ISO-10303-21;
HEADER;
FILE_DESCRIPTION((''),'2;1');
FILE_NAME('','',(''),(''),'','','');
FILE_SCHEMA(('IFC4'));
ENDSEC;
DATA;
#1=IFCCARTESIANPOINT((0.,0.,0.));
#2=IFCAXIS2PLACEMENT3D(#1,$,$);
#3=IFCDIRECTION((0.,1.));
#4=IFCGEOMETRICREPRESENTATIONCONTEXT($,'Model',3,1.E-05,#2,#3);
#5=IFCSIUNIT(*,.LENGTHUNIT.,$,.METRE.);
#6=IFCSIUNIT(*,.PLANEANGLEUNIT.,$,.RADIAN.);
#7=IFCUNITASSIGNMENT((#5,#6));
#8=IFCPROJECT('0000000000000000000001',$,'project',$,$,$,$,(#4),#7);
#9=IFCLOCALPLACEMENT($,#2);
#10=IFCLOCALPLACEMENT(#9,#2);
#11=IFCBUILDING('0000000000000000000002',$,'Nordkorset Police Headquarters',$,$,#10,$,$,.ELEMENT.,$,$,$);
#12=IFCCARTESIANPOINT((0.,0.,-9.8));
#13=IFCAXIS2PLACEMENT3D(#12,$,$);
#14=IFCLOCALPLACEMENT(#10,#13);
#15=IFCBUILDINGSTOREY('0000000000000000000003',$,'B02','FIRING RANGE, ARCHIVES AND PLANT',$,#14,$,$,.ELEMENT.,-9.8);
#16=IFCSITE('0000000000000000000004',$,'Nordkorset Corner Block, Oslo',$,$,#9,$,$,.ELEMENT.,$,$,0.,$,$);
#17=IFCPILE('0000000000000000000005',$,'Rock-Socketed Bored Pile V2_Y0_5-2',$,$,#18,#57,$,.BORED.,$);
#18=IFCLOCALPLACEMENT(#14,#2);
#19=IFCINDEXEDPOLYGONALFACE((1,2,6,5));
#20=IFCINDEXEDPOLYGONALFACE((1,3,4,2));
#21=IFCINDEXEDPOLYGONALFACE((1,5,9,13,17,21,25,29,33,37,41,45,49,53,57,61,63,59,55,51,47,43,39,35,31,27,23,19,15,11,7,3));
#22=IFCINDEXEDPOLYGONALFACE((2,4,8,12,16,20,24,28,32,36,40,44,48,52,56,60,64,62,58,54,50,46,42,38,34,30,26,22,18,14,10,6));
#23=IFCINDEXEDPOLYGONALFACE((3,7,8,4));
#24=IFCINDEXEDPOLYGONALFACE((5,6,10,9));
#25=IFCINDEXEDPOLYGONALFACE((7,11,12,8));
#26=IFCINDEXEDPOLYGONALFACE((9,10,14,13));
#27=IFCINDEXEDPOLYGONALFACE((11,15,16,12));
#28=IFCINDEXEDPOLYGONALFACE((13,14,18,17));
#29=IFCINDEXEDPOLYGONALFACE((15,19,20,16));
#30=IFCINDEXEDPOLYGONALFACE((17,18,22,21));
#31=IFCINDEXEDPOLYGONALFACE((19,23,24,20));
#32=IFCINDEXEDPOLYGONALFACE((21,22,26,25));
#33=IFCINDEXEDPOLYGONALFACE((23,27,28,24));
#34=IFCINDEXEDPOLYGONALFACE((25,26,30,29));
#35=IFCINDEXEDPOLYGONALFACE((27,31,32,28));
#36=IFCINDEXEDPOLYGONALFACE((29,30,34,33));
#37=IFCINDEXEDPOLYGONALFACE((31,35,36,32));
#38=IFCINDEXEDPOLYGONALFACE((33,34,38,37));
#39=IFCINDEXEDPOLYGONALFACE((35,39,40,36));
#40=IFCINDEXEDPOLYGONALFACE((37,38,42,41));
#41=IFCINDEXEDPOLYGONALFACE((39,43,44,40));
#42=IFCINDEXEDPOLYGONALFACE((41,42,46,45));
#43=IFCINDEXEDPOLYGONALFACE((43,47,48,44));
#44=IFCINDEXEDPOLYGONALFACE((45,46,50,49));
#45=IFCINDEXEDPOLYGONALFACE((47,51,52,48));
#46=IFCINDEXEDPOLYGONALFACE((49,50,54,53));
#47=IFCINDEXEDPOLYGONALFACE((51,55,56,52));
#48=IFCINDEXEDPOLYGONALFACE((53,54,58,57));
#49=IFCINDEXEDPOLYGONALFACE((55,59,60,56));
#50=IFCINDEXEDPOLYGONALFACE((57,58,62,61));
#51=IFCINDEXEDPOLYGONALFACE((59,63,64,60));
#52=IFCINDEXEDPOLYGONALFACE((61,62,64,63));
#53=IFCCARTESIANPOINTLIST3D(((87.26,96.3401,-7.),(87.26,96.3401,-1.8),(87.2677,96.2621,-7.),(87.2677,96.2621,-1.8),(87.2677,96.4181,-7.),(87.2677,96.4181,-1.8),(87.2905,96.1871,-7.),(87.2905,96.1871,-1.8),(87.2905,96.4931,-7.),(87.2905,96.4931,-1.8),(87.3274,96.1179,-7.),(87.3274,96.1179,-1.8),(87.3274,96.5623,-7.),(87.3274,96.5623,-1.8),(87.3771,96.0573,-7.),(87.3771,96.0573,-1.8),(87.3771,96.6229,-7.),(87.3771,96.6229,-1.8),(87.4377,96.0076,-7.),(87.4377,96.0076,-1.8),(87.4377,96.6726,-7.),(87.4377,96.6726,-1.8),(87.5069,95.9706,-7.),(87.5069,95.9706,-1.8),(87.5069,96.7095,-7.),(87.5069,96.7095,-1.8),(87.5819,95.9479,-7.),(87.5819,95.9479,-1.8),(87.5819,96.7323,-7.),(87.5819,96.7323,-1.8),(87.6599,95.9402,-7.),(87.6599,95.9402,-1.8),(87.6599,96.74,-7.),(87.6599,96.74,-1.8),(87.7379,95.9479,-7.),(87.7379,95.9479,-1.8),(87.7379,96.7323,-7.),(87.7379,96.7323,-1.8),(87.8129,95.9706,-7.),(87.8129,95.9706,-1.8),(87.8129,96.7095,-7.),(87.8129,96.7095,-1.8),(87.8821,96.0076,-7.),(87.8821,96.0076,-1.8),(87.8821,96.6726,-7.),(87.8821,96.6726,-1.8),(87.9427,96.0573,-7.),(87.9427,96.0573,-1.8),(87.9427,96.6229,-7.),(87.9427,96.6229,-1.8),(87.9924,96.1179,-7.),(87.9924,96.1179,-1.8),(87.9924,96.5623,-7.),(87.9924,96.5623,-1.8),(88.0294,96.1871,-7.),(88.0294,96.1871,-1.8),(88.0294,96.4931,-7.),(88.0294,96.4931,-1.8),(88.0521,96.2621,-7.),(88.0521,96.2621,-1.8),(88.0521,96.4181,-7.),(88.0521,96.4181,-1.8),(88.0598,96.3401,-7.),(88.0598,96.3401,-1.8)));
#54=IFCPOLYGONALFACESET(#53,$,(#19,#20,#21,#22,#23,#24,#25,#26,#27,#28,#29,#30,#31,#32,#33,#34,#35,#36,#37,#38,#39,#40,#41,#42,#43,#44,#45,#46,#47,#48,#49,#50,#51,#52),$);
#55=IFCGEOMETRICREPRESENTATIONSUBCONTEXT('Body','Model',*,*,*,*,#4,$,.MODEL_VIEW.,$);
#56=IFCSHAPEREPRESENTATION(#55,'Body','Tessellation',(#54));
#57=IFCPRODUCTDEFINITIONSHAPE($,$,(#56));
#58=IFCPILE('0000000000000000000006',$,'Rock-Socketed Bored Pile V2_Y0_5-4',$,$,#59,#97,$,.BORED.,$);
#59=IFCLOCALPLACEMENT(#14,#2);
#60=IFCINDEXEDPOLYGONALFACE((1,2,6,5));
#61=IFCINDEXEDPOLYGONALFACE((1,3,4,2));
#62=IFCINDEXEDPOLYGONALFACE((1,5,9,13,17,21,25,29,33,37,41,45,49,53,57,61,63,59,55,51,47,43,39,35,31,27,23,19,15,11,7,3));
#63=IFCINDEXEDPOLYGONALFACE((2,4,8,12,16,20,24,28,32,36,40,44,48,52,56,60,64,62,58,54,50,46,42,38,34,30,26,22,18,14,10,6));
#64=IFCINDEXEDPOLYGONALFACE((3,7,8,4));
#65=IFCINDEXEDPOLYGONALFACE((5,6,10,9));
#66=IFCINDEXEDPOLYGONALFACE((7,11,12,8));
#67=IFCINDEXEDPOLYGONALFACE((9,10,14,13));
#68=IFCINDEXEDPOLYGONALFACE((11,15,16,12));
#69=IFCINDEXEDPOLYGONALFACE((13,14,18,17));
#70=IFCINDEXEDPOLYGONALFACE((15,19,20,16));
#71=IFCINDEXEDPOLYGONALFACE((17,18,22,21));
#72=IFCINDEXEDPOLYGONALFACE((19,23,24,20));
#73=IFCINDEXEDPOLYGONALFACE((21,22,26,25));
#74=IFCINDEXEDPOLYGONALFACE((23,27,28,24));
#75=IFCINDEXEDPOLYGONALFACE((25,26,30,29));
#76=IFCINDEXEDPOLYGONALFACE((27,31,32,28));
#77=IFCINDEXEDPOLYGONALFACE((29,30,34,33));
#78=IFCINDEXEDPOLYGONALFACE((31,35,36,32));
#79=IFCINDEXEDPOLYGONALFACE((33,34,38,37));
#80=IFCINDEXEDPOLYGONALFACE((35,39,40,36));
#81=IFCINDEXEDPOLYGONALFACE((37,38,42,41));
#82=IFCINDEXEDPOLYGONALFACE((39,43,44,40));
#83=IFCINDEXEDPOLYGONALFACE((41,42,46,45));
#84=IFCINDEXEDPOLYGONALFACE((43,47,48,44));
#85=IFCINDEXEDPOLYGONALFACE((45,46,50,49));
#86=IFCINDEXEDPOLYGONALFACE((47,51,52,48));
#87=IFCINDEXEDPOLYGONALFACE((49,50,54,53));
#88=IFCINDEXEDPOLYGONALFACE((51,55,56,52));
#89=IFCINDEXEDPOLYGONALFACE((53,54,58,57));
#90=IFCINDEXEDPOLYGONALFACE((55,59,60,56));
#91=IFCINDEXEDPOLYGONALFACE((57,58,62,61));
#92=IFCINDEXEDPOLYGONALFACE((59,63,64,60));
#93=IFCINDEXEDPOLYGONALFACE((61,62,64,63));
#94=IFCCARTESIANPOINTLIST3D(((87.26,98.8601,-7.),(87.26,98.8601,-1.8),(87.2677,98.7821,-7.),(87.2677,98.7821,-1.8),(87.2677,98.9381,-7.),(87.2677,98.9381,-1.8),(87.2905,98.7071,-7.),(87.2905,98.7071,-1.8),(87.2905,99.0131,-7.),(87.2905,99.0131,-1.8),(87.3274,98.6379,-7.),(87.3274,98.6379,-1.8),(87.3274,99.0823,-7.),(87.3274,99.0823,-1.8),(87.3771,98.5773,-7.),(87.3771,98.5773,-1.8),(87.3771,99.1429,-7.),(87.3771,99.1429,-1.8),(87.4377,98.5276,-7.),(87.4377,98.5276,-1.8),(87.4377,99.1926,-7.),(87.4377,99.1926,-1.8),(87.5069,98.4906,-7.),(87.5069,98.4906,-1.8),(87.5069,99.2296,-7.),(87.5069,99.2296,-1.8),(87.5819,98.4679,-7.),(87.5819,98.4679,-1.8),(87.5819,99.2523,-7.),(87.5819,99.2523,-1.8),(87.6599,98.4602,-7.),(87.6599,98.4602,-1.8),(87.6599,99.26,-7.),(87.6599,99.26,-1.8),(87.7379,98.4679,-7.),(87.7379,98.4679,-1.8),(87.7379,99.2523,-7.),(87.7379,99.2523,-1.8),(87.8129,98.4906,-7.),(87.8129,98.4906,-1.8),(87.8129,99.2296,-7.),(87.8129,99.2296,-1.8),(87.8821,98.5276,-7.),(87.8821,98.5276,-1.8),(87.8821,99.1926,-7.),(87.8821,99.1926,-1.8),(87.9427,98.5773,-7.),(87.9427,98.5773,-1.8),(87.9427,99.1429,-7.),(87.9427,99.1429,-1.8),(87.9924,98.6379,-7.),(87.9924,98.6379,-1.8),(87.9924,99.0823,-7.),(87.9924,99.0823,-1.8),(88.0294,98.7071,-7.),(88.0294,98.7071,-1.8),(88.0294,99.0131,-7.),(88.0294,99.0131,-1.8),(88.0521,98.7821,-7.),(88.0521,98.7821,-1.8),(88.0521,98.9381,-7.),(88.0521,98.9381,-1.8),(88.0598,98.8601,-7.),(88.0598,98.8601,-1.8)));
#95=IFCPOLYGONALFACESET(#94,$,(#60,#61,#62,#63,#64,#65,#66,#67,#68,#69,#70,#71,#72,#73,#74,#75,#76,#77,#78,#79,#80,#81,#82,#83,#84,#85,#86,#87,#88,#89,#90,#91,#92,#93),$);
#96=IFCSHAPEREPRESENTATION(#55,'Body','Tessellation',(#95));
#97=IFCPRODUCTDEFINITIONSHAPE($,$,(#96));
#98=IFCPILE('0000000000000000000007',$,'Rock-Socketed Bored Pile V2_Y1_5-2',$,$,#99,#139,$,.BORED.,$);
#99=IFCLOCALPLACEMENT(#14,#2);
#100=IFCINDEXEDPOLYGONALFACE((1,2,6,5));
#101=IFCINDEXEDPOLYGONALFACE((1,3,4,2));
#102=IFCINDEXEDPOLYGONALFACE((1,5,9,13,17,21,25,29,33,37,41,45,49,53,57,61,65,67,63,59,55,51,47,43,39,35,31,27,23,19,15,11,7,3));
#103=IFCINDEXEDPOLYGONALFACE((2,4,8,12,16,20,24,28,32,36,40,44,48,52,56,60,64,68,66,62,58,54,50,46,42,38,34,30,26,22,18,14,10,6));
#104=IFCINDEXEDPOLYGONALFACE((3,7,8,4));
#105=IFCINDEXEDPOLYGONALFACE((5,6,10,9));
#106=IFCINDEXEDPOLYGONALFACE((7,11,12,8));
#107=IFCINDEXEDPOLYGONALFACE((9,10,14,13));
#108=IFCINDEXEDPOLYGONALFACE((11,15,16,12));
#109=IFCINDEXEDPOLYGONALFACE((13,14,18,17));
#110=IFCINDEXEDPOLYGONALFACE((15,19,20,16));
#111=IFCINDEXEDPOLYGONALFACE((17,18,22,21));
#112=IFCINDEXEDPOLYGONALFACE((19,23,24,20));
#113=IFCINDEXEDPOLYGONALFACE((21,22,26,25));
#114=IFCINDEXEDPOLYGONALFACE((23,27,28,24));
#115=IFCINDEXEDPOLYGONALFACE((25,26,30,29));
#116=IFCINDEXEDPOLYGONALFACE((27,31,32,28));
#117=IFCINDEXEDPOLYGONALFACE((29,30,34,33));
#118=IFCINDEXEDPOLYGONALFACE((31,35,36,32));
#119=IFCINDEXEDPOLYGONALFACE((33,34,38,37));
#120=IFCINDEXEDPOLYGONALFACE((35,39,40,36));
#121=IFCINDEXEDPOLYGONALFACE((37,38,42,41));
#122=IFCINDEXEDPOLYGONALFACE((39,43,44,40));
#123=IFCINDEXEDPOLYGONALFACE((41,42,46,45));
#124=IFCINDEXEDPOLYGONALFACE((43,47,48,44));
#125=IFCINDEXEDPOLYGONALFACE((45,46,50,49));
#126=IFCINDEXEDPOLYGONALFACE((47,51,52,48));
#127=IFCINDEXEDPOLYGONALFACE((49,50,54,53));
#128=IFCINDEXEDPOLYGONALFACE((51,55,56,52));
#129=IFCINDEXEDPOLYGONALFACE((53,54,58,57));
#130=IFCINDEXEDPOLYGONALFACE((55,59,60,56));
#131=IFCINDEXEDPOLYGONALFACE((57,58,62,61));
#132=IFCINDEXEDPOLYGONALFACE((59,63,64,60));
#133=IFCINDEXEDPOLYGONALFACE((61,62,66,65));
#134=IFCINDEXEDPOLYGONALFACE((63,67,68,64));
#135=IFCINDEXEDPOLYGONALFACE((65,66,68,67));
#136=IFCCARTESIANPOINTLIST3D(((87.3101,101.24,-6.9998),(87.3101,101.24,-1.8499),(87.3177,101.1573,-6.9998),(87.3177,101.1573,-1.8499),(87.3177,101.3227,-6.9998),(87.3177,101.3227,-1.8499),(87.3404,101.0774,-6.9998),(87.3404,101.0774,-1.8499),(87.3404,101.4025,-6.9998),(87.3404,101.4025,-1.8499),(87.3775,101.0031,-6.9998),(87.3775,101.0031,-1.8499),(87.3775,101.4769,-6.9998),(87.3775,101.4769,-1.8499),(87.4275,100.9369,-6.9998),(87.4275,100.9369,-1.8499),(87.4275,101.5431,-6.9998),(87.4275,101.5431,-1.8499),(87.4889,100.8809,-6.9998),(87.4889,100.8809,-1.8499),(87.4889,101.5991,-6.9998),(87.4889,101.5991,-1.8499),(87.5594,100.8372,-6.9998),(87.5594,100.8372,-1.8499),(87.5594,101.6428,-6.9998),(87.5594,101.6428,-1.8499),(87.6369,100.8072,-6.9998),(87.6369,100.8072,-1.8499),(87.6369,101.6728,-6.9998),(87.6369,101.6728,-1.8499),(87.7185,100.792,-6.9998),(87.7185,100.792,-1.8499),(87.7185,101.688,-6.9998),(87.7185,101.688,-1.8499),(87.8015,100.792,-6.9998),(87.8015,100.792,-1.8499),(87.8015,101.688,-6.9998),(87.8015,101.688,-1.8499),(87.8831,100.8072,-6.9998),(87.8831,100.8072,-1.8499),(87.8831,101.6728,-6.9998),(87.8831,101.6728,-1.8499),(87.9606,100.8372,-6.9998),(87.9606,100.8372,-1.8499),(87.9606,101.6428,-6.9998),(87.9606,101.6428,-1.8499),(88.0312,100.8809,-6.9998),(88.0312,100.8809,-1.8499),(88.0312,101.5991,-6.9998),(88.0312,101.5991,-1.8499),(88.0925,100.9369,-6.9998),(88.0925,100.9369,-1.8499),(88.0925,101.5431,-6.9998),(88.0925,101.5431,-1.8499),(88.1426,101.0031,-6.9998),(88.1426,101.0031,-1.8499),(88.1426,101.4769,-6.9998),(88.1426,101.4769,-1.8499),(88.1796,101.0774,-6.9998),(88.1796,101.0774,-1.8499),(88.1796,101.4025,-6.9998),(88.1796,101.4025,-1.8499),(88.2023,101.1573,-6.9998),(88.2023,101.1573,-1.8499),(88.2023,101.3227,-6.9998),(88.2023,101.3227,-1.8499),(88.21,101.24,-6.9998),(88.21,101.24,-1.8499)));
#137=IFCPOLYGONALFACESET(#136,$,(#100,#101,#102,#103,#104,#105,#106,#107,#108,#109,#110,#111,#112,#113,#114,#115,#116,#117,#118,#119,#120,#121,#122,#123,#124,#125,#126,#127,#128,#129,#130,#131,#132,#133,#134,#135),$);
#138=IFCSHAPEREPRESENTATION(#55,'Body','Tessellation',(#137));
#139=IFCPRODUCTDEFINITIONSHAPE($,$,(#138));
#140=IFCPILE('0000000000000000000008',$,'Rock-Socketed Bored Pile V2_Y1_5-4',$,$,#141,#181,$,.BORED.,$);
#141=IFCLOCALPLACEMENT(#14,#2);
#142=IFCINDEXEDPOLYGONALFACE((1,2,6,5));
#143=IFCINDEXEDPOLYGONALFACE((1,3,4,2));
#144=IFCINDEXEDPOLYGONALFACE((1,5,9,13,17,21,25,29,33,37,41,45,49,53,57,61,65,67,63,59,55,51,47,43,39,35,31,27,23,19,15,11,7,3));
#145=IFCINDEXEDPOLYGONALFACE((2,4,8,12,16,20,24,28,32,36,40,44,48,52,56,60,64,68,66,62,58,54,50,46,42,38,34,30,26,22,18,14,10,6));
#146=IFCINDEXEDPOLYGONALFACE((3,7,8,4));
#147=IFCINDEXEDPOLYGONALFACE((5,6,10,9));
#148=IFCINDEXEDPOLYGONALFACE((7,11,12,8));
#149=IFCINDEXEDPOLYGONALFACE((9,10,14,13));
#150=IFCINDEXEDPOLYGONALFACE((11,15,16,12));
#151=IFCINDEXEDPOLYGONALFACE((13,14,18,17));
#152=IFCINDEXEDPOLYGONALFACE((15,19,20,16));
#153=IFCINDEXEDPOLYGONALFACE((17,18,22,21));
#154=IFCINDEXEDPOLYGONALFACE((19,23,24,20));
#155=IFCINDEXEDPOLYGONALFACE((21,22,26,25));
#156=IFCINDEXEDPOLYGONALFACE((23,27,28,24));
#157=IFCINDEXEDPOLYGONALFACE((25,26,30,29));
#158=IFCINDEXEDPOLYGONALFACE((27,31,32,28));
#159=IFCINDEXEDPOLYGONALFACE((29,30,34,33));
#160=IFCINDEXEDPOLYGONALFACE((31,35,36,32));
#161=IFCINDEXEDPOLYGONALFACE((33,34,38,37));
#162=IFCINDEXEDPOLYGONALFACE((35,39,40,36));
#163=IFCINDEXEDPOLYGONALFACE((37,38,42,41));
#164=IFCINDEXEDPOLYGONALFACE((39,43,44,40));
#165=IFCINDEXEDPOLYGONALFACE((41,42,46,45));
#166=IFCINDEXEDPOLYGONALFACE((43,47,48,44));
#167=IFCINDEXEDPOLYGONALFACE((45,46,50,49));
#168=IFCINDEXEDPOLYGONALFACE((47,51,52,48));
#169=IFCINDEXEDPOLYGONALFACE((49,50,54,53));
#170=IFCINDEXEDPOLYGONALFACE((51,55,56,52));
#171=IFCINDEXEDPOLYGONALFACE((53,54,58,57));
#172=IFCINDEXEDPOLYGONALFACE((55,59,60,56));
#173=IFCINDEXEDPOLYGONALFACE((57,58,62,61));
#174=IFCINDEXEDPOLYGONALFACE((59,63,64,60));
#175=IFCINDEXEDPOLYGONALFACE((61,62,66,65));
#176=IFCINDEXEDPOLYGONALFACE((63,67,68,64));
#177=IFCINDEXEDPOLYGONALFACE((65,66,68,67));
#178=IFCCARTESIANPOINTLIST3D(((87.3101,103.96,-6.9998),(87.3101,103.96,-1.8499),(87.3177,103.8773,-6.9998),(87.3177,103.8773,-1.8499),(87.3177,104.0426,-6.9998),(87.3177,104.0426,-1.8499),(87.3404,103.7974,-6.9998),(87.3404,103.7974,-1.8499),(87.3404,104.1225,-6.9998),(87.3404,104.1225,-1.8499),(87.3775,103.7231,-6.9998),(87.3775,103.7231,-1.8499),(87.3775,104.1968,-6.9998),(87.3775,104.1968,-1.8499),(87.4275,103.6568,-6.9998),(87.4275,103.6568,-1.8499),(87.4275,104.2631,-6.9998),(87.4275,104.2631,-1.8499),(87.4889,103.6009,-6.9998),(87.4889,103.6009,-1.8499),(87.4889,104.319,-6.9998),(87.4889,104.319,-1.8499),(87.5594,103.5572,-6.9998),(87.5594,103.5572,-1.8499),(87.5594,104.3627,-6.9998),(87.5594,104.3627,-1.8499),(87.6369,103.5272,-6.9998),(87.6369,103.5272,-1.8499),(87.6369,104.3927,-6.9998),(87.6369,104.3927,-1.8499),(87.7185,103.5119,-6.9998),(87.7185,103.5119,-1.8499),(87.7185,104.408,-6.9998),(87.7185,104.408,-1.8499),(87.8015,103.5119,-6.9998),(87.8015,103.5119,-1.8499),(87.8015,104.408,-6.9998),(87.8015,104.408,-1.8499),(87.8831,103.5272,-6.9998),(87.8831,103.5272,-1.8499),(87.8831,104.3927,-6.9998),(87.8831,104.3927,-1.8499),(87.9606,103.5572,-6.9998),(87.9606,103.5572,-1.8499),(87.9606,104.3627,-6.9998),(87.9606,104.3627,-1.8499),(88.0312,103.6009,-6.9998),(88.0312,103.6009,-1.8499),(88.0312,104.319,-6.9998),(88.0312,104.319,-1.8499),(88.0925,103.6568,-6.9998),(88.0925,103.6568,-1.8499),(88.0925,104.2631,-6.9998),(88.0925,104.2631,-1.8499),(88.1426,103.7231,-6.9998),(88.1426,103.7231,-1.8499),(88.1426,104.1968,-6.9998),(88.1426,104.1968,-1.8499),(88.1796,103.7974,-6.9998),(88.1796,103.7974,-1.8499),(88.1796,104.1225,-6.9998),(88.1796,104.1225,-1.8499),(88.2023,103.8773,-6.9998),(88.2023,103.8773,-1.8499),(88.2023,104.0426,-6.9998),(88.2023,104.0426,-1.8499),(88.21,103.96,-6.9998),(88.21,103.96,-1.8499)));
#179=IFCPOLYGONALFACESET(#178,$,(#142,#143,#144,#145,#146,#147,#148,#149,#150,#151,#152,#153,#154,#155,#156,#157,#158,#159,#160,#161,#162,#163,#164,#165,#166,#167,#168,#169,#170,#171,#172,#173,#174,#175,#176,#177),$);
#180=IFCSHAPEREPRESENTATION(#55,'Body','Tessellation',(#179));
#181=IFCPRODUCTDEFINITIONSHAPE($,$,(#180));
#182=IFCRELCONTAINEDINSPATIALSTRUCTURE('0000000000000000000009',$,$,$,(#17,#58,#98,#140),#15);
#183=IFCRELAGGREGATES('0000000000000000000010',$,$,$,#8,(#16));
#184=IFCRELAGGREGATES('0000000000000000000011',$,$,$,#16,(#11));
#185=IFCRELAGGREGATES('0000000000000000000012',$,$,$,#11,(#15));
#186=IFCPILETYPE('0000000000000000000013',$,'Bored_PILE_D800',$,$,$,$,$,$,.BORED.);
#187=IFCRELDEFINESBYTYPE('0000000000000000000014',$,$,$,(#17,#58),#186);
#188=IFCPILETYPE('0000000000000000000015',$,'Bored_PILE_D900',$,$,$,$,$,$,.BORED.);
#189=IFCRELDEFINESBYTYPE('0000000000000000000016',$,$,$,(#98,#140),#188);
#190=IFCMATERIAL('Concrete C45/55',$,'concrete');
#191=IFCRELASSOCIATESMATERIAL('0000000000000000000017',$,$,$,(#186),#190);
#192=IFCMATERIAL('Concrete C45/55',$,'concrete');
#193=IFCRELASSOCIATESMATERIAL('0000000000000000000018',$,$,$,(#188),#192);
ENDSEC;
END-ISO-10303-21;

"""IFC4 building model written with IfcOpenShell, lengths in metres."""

from ifc_helpers import new_model, si_unit, direction, frame, origin, origin_2d, place, context, subcontext, project, spatial, circle, extrude, material, material_profile, profile_set, type_object, element, save


model = new_model("IFC4")

# Units and contexts
model_context = context("Model", 3, precision=1e-05, world=origin(), true_north=direction((0.0, 1.0)))
body_context = subcontext(model_context, "Body", "Model", "MODEL_VIEW")
ifc_project = project(units=[si_unit("LENGTHUNIT", "METRE"), si_unit("PLANEANGLEUNIT", "RADIAN")], contexts=[model_context])

# Site, building, storey
site_placement = place(None, origin())
site = spatial("IfcSite", under=ifc_project, at=site_placement, Name="Nordkorset Corner Block, Oslo", CompositionType="ELEMENT", RefElevation=0.0)
building_placement = place(site_placement, origin())
building = spatial("IfcBuilding", under=site, at=building_placement, Name="Nordkorset Police Headquarters", CompositionType="ELEMENT")
storey_placement = place(building_placement, frame((0.0, 0.0, -9.8)))
storey = spatial("IfcBuildingStorey", under=building, at=storey_placement, Name="B02", Description="FIRING RANGE, ARCHIVES AND PLANT", CompositionType="ELEMENT", Elevation=-9.8)

# Piles
ifc_material_1 = material(Name="Concrete C45/55", Category="concrete")
ifc_material_profile_1 = material_profile(ifc_material_1, circle(Radius=0.3999, at=origin_2d()), Name="PILE D800")
ifc_profile_set_1 = profile_set([ifc_material_profile_1], Name="Concrete C45/55")
pile_type_1 = type_object("IfcPileType", Name="Bored_PILE_D800", PredefinedType="BORED", material=ifc_profile_set_1)
for number, where, z_axis, x_axis, name in (
    (1, (87.6599, 96.3401, -1.8), (0.0, 0.0, -1.0), (1.0, 0.0, 0.0), "Rock-Socketed Bored Pile V2_Y0_5-2"),
    (2, (87.6599, 98.8601, -1.8), (0.0, 0.0, -1.0), (1.0, 0.0, 0.0), "Rock-Socketed Bored Pile V2_Y0_5-4"),
):
    element("IfcPile", number, at=place(storey_placement, frame(where, z_axis=z_axis, x_axis=x_axis)), inside=storey, type_object=pile_type_1, Name=name, PredefinedType="BORED", context=body_context, shape_type="SweptSolid", body=[
        extrude(circle(Radius=0.3999, at=origin_2d()), origin(), (0.0, 0.0, 1.0), 5.2),
    ])
ifc_material_2 = material(Name="Concrete C45/55", Category="concrete")
ifc_material_profile_2 = material_profile(ifc_material_2, circle(Radius=0.45, at=origin_2d()), Name="PILE D900")
ifc_profile_set_2 = profile_set([ifc_material_profile_2], Name="Concrete C45/55")
pile_type_2 = type_object("IfcPileType", Name="Bored_PILE_D900", PredefinedType="BORED", material=ifc_profile_set_2)
for number, where, z_axis, x_axis, name in (
    (3, (87.76, 101.24, -1.8499), (0.0, 0.0, -1.0), (1.0, 0.0, 0.0), "Rock-Socketed Bored Pile V2_Y1_5-2"),
    (4, (87.76, 103.96, -1.8499), (0.0, 0.0, -1.0), (1.0, 0.0, 0.0), "Rock-Socketed Bored Pile V2_Y1_5-4"),
):
    element("IfcPile", number, at=place(storey_placement, frame(where, z_axis=z_axis, x_axis=x_axis)), inside=storey, type_object=pile_type_2, Name=name, PredefinedType="BORED", context=body_context, shape_type="SweptSolid", body=[
        extrude(circle(Radius=0.45, at=origin_2d()), origin(), (0.0, 0.0, 1.0), 5.1499),
    ])

save(model, "model.ifc")
